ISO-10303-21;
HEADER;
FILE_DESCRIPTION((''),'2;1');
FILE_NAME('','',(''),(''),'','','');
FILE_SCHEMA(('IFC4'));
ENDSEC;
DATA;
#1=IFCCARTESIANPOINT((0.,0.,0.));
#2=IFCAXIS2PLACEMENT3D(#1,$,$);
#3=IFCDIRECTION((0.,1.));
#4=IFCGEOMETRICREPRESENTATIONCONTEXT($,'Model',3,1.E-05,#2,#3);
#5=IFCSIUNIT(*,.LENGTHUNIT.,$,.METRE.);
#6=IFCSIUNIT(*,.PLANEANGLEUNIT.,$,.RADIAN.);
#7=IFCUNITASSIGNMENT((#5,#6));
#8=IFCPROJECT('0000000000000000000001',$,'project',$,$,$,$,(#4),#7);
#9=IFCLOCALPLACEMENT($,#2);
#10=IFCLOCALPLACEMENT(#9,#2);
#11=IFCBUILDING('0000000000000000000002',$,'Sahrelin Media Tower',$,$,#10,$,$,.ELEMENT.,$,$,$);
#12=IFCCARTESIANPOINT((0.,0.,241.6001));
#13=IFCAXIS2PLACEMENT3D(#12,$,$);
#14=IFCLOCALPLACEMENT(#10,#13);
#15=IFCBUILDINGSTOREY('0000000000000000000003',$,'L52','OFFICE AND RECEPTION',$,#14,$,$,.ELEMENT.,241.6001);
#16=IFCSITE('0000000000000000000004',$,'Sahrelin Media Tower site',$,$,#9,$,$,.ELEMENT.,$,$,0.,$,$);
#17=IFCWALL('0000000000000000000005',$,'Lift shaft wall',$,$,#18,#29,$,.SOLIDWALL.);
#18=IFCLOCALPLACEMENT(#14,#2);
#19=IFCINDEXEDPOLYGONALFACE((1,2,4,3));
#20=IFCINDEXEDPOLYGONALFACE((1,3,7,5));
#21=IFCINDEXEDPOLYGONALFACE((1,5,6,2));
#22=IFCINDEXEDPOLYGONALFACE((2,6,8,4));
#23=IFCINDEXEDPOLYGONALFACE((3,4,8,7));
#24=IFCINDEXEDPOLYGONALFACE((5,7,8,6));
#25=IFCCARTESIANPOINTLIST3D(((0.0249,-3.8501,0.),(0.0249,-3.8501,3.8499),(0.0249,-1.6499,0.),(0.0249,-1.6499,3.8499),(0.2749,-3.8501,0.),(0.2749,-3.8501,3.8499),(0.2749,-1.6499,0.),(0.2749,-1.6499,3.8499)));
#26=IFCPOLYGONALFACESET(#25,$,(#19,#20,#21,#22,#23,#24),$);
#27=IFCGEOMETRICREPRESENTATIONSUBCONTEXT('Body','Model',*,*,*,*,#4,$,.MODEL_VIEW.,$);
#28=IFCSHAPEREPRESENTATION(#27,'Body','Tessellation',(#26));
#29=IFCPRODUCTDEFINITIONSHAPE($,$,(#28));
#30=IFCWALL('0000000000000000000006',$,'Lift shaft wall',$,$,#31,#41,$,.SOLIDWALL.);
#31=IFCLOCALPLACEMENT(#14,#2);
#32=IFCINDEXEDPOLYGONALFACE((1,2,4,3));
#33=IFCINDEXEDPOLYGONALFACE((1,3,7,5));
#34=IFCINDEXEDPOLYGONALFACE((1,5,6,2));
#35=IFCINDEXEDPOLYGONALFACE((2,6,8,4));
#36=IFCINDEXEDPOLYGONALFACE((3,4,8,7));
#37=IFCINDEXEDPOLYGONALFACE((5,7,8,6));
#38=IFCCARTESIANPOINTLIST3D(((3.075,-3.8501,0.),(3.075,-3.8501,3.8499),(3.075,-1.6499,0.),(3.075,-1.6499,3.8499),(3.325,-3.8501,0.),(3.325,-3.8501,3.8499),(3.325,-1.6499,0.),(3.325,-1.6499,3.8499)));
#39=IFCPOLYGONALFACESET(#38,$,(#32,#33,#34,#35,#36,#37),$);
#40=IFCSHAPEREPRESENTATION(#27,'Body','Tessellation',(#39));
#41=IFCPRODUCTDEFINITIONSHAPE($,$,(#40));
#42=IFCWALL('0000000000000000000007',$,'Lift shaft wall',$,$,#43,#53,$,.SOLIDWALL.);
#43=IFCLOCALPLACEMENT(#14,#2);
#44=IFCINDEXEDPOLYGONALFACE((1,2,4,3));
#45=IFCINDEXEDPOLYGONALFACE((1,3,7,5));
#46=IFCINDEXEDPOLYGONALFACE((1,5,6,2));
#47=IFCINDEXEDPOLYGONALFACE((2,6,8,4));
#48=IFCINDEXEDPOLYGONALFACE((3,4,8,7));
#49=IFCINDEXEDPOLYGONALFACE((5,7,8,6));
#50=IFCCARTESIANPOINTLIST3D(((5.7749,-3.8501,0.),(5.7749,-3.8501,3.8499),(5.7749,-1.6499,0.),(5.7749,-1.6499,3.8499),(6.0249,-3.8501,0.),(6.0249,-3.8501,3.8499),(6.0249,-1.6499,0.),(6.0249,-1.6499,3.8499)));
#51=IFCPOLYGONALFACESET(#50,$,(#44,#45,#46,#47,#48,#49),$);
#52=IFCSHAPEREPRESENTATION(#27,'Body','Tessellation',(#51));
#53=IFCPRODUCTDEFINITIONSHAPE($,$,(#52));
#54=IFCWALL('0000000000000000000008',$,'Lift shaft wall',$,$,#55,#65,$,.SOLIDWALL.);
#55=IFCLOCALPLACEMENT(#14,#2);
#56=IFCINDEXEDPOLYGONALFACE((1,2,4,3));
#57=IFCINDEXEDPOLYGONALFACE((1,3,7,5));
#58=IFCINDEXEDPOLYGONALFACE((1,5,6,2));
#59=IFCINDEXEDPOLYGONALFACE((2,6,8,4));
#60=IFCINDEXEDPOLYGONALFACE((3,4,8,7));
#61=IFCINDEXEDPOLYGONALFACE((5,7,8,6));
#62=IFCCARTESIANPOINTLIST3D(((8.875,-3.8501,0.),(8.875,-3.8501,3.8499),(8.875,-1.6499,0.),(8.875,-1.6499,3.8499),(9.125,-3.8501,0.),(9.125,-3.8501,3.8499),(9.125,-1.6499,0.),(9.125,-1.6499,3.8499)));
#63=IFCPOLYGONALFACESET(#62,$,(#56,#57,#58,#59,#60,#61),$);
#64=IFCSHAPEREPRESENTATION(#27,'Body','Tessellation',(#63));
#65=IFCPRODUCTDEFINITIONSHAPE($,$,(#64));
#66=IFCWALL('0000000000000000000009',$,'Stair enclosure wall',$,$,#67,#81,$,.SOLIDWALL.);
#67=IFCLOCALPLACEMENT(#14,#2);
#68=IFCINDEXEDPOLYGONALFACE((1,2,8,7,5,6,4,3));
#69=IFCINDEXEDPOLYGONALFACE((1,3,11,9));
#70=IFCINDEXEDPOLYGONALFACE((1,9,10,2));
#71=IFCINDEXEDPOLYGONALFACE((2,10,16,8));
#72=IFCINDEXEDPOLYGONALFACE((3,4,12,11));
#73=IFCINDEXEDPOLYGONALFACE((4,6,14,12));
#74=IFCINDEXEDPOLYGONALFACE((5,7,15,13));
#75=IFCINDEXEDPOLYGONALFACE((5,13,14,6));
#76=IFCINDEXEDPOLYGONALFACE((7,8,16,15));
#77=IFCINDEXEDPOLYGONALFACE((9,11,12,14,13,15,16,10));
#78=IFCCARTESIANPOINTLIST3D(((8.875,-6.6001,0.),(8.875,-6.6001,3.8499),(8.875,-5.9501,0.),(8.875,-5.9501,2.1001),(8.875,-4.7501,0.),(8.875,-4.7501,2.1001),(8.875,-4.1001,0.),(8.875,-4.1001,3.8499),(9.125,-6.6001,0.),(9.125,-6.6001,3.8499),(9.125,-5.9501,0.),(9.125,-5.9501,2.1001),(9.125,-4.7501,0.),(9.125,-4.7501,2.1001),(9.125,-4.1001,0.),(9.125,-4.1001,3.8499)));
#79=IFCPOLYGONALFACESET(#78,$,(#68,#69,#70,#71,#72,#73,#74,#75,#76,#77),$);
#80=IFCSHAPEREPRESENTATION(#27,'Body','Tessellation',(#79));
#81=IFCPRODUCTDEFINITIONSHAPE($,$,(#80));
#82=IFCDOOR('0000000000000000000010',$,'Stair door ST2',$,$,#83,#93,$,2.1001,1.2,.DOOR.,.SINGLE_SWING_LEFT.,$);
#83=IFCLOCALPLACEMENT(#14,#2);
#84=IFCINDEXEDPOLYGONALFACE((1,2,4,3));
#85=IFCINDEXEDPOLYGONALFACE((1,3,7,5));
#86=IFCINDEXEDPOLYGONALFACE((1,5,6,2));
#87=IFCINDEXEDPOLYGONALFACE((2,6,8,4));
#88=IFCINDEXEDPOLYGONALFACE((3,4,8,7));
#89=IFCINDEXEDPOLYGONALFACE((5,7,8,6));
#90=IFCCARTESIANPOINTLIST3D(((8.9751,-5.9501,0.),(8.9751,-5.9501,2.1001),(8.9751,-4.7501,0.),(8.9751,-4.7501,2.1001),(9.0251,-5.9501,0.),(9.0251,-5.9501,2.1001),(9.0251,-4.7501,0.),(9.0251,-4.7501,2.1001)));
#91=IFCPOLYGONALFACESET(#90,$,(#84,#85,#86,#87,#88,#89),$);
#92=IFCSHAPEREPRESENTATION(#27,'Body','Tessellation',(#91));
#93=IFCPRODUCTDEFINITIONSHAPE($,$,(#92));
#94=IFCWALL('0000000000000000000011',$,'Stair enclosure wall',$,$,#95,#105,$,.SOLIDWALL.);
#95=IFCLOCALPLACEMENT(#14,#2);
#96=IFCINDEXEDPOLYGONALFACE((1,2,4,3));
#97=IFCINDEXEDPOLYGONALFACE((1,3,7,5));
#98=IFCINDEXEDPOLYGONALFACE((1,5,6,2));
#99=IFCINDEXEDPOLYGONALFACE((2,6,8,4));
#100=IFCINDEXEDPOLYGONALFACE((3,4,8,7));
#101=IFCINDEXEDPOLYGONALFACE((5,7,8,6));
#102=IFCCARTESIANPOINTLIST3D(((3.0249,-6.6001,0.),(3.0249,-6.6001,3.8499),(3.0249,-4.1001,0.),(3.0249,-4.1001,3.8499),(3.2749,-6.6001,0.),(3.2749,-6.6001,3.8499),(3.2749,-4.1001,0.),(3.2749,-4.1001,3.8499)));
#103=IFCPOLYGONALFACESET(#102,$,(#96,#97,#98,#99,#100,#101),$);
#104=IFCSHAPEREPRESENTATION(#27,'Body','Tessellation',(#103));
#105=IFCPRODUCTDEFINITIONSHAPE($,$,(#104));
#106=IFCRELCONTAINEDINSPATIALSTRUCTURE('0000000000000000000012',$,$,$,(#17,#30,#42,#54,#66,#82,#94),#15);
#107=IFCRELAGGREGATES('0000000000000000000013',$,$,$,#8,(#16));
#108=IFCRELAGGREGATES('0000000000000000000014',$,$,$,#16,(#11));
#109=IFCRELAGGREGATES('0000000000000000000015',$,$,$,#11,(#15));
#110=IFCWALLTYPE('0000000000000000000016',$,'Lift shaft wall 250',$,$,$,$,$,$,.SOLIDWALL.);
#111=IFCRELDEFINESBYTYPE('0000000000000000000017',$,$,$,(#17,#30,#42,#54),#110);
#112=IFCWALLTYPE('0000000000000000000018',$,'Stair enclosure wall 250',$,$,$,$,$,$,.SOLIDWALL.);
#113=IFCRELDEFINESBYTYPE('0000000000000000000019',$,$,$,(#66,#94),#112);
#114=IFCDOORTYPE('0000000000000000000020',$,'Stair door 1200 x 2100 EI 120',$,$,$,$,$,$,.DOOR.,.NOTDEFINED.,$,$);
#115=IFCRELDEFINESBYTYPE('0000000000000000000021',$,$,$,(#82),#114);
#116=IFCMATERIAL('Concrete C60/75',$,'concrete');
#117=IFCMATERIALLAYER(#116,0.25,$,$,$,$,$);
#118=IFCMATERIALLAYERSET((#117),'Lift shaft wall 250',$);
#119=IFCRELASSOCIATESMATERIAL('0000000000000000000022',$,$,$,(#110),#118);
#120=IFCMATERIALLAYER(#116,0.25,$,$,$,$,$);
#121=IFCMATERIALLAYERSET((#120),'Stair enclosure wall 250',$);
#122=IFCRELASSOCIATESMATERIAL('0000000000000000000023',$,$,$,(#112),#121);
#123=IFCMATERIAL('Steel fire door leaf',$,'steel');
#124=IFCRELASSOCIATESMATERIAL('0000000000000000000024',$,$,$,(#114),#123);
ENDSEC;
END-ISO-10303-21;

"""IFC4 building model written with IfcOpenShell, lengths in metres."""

from ifc_helpers import new_model, si_unit, direction, frame, frame_2d, origin, place, context, subcontext, project, spatial, rectangle, extrude, material, layer, layer_set, type_object, element, fill, save


model = new_model("IFC4")

# Units and contexts
model_context = context("Model", 3, precision=1e-05, world=origin(), true_north=direction((0.0, 1.0)))
body_context = subcontext(model_context, "Body", "Model", "MODEL_VIEW")
ifc_project = project(units=[si_unit("LENGTHUNIT", "METRE"), si_unit("PLANEANGLEUNIT", "RADIAN")], contexts=[model_context])

# Site, building, storey
site_placement = place(None, origin())
site = spatial("IfcSite", under=ifc_project, at=site_placement, Name="Sahrelin Media Tower site", CompositionType="ELEMENT", RefElevation=0.0)
building_placement = place(site_placement, origin())
building = spatial("IfcBuilding", under=site, at=building_placement, Name="Sahrelin Media Tower", CompositionType="ELEMENT")
storey_placement = place(building_placement, frame((0.0, 0.0, 241.6001)))
storey = spatial("IfcBuildingStorey", under=building, at=storey_placement, Name="L52", Description="OFFICE AND RECEPTION", CompositionType="ELEMENT", Elevation=241.6001)

# Shared definitions
ifc_material_1 = material(Name="Concrete C60/75", Category="concrete")
ifc_material_2 = material(Name="Steel fire door leaf", Category="steel")

# Walls
ifc_layer_1 = layer(ifc_material_1, 0.25)
ifc_layer_set_1 = layer_set([ifc_layer_1], Name="Lift shaft wall 250")
wall_type_1 = type_object("IfcWallType", Name="Lift shaft wall 250", PredefinedType="SOLIDWALL", material=ifc_layer_set_1)
for number, where, z_axis, x_axis, name in (
    (1, (0.1499, -3.8501, 0.0), (0.0, 0.0, 1.0), (0.0, 1.0, 0.0), "Lift shaft wall"),
    (2, (3.2, -3.8501, 0.0), (0.0, 0.0, 1.0), (0.0, 1.0, 0.0), "Lift shaft wall"),
    (3, (5.8999, -3.8501, 0.0), (0.0, 0.0, 1.0), (0.0, 1.0, 0.0), "Lift shaft wall"),
    (4, (9.0, -3.8501, 0.0), (0.0, 0.0, 1.0), (0.0, 1.0, 0.0), "Lift shaft wall"),
):
    element("IfcWall", number, at=place(storey_placement, frame(where, z_axis=z_axis, x_axis=x_axis)), inside=storey, type_object=wall_type_1, Name=name, PredefinedType="SOLIDWALL", context=body_context, shape_type="SweptSolid", body=[
        extrude(rectangle(XDim=2.2002, YDim=0.25, at=frame_2d((1.1001, 0.0))), origin(), (0.0, 0.0, 1.0), 3.8499),
    ])

# Wall, opening, door
ifc_layer_2 = layer(ifc_material_1, 0.25)
ifc_layer_set_2 = layer_set([ifc_layer_2], Name="Stair enclosure wall 250")
wall_type_2 = type_object("IfcWallType", Name="Stair enclosure wall 250", PredefinedType="SOLIDWALL", material=ifc_layer_set_2)
wall_1_placement = place(storey_placement, frame((9.0, -6.6001, 0.0), z_axis=(0.0, 0.0, 1.0), x_axis=(0.0, 1.0, 0.0)))
wall_1 = element("IfcWall", 5, at=wall_1_placement, inside=storey, type_object=wall_type_2, Name="Stair enclosure wall", PredefinedType="SOLIDWALL", context=body_context, shape_type="SweptSolid", body=[
    extrude(rectangle(XDim=2.5, YDim=0.25, at=frame_2d((1.25, 0.0))), origin(), (0.0, 0.0, 1.0), 3.8499),
])
opening_1_placement = place(wall_1_placement, frame((0.6499, 0.0, 0.0)))
opening_1 = element("IfcOpeningElement", 6, at=opening_1_placement, cuts=wall_1, PredefinedType="OPENING", context=body_context, shape_type="SweptSolid", body=[
    extrude(rectangle(XDim=1.2, YDim=2.1001, at=frame_2d((0.6001, 1.05))), frame((0.0, 0.125, 0.0), z_axis=(0.0, -1.0, 0.0), x_axis=(1.0, 0.0, 0.0)), (0.0, 0.0, 1.0), 0.25),
])
door_type_1 = type_object("IfcDoorType", Name="Stair door 1200 x 2100 EI 120", OperationType="NOTDEFINED", PredefinedType="DOOR", material=ifc_material_2)
door_1_placement = place(opening_1_placement, origin())
door_1 = element("IfcDoor", 7, at=door_1_placement, inside=storey, type_object=door_type_1, Name="Stair door ST2", OperationType="SINGLE_SWING_LEFT", OverallHeight=2.1001, OverallWidth=1.2, PredefinedType="DOOR", context=body_context, shape_type="SweptSolid", body=[
    extrude(rectangle(XDim=1.2, YDim=2.1001, at=frame_2d((0.6001, 1.05))), frame((0.0, 0.0249, 0.0), z_axis=(0.0, -1.0, 0.0), x_axis=(1.0, 0.0, 0.0)), (0.0, 0.0, 1.0), 0.05),
])
fill(opening_1, door_1)

# Wall
wall_2_placement = place(storey_placement, frame((3.1499, -6.6001, 0.0), z_axis=(0.0, 0.0, 1.0), x_axis=(0.0, 1.0, 0.0)))
element("IfcWall", 8, at=wall_2_placement, inside=storey, type_object=wall_type_2, Name="Stair enclosure wall", PredefinedType="SOLIDWALL", context=body_context, shape_type="SweptSolid", body=[
    extrude(rectangle(XDim=2.5, YDim=0.25, at=frame_2d((1.25, 0.0))), origin(), (0.0, 0.0, 1.0), 3.8499),
])

save(model, "model.ifc")
